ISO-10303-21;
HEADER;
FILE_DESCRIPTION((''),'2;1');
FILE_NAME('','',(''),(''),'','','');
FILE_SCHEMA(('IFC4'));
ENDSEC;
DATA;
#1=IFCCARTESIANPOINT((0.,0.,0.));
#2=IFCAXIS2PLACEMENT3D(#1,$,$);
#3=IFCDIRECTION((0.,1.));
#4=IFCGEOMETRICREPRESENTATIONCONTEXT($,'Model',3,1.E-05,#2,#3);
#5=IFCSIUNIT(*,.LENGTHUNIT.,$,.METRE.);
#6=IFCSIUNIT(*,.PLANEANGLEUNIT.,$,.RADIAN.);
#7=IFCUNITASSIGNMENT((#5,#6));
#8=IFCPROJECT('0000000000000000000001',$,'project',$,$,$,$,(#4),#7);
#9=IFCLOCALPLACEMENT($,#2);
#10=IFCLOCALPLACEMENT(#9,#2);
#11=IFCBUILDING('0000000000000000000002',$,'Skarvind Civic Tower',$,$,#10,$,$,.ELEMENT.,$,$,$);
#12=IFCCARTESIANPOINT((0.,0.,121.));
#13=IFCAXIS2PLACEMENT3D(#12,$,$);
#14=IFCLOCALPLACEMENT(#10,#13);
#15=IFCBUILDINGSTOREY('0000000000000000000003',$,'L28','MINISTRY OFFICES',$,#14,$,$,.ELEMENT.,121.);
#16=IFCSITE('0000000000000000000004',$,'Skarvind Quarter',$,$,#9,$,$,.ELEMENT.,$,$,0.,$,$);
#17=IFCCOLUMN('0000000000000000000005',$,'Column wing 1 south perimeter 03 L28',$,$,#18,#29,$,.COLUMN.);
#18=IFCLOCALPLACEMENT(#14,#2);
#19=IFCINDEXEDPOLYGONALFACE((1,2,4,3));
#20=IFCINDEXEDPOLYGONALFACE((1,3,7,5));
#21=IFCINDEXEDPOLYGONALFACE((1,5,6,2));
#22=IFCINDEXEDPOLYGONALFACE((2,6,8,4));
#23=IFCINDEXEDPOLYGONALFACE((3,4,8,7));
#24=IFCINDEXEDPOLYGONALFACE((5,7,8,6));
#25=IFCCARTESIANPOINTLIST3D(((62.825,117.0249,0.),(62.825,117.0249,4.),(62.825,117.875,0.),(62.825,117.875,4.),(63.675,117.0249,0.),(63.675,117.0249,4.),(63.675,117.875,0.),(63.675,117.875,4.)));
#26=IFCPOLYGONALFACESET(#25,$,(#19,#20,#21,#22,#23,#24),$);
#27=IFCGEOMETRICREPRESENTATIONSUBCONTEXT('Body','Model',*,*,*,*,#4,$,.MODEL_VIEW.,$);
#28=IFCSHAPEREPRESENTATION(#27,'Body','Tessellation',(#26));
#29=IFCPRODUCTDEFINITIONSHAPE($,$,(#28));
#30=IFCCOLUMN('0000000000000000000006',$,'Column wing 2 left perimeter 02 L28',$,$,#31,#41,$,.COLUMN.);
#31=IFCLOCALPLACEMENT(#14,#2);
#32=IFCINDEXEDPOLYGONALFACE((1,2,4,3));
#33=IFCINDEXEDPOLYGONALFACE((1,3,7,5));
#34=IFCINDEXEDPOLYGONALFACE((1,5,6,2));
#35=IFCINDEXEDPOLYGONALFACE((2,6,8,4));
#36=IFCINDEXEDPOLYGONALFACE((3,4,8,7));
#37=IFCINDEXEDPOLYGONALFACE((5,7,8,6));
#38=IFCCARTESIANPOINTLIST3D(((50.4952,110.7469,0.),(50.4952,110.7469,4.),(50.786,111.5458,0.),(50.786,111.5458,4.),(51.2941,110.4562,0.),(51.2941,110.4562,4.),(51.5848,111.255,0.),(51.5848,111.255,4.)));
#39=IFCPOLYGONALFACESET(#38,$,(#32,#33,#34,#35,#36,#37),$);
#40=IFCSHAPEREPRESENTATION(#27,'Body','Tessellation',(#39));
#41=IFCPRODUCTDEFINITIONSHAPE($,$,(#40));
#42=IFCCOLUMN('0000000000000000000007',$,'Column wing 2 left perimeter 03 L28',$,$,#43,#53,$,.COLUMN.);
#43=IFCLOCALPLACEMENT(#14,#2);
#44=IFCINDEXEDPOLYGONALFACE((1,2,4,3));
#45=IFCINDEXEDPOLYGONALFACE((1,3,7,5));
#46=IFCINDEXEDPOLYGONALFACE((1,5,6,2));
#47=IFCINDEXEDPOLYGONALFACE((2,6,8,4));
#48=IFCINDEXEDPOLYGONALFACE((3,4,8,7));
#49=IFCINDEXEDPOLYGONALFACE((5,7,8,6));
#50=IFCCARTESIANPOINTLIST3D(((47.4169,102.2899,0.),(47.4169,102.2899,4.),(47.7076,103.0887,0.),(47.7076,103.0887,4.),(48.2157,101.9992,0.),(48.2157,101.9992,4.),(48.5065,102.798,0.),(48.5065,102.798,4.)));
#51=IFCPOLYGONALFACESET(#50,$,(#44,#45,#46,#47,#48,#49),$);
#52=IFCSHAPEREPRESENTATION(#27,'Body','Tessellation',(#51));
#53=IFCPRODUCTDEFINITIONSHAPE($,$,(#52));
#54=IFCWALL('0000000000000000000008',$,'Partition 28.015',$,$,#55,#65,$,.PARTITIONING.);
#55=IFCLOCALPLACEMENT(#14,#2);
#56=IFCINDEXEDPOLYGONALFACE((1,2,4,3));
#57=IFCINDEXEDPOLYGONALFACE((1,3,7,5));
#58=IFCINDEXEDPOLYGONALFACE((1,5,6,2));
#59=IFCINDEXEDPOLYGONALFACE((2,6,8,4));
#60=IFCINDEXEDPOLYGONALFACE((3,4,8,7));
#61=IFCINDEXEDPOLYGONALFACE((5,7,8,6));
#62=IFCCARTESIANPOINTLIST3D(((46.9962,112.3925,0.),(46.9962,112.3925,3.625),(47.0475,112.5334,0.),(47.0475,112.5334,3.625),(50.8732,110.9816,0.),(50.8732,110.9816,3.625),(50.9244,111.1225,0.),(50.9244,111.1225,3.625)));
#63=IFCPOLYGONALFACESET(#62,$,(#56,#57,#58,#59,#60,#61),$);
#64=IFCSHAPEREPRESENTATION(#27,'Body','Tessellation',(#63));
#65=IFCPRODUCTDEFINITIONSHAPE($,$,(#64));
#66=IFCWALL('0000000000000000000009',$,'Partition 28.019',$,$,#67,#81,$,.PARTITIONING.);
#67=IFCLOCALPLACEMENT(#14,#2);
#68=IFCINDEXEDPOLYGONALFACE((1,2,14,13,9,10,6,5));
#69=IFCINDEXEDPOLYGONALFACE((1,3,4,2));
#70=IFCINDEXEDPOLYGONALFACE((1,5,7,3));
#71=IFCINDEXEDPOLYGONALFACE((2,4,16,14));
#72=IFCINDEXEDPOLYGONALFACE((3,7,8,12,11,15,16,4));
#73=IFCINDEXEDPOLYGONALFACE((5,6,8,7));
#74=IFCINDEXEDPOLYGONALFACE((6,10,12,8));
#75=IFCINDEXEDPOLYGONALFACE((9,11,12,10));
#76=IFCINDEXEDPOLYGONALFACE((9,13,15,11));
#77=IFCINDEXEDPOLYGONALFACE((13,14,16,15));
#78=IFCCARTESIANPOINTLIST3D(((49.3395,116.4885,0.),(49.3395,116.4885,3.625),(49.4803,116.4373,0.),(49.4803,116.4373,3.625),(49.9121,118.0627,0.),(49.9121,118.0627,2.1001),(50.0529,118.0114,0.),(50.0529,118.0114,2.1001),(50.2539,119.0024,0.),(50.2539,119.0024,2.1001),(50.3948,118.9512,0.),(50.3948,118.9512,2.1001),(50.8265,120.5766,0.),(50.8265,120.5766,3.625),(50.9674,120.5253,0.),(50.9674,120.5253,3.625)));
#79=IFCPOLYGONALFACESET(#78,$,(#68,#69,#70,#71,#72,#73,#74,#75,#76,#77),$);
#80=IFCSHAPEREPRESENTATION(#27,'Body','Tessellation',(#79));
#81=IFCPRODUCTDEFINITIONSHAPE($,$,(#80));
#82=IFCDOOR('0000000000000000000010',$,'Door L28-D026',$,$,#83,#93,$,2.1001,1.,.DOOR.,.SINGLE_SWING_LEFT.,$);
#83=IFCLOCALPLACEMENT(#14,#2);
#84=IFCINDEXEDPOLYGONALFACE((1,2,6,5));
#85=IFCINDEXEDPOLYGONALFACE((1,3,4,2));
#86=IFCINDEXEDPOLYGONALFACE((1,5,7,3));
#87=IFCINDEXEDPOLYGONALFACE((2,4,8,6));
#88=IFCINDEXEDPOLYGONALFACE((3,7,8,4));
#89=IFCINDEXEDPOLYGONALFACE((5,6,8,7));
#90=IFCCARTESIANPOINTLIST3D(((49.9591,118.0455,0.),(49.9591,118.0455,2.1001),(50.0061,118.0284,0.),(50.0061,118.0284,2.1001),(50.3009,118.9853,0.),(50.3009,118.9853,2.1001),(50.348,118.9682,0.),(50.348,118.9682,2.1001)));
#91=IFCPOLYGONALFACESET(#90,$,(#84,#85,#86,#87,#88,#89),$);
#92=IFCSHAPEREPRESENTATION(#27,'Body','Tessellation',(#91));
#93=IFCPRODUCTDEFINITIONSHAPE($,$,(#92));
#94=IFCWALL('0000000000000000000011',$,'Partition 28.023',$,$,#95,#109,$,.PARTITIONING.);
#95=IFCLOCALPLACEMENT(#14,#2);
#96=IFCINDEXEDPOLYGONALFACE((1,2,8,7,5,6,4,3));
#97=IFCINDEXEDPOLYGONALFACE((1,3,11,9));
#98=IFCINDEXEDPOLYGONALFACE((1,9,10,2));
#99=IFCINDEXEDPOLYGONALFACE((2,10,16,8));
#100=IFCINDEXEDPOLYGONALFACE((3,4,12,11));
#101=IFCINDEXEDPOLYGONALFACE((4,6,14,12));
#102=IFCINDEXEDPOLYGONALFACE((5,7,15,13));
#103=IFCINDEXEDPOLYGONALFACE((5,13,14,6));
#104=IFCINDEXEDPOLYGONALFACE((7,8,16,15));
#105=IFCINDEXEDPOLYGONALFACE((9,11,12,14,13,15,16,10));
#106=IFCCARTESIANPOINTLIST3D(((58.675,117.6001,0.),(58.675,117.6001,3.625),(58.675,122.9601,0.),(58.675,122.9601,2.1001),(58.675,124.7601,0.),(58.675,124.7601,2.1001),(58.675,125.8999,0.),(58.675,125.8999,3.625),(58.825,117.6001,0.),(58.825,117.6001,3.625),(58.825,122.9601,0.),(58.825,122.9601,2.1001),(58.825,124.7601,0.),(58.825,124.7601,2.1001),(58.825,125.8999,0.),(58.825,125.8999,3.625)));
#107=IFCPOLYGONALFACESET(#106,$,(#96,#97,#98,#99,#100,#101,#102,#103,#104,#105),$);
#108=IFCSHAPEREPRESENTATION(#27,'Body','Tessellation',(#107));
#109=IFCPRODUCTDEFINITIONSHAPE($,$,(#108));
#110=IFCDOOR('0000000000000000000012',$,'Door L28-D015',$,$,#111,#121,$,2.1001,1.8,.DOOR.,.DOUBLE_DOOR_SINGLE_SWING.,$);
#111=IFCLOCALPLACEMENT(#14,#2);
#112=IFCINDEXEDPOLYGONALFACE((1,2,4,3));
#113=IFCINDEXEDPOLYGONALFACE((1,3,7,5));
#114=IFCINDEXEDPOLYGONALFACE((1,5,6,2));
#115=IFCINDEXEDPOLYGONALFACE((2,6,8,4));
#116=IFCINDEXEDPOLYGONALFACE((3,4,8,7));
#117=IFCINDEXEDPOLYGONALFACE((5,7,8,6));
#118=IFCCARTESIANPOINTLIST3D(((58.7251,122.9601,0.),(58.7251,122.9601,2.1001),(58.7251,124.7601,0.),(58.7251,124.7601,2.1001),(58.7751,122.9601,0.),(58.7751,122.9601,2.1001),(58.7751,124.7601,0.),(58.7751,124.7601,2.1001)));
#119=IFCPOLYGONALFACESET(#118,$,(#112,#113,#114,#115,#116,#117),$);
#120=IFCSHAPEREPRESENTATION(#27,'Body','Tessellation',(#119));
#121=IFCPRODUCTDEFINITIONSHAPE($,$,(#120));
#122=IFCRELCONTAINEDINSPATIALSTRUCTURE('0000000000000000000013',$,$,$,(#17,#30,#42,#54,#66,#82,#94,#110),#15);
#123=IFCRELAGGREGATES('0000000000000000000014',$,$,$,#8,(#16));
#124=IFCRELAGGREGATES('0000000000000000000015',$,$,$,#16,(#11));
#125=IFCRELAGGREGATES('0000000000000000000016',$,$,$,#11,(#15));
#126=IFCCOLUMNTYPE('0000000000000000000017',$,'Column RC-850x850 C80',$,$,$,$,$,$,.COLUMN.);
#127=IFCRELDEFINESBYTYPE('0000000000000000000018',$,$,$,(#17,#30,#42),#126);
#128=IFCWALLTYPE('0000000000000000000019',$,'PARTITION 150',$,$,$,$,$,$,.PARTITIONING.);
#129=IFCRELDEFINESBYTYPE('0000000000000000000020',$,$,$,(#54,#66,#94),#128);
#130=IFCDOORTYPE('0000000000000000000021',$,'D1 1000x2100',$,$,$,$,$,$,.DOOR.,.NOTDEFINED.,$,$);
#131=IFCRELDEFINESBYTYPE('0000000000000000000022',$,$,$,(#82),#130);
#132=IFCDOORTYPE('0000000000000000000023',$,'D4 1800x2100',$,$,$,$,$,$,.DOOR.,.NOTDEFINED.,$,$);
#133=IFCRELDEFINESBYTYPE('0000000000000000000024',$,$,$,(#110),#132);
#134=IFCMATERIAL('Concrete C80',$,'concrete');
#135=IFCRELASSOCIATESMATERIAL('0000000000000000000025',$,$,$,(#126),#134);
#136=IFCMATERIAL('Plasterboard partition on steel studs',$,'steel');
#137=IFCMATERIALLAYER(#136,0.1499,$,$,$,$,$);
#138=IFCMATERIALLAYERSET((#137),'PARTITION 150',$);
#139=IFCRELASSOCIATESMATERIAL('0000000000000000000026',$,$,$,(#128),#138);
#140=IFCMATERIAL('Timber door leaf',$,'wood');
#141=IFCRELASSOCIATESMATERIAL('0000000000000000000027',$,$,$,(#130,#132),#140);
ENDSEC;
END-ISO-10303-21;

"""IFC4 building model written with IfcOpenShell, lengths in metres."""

from ifc_helpers import new_model, si_unit, direction, frame, frame_2d, origin, origin_2d, place, context, subcontext, project, spatial, rectangle, extrude, material, layer, layer_set, material_profile, profile_set, type_object, element, fill, save


model = new_model("IFC4")

# Units and contexts
model_context = context("Model", 3, precision=1e-05, world=origin(), true_north=direction((0.0, 1.0)))
body_context = subcontext(model_context, "Body", "Model", "MODEL_VIEW")
ifc_project = project(units=[si_unit("LENGTHUNIT", "METRE"), si_unit("PLANEANGLEUNIT", "RADIAN")], contexts=[model_context])

# Site, building, storey
site_placement = place(None, origin())
site = spatial("IfcSite", under=ifc_project, at=site_placement, Name="Skarvind Quarter", CompositionType="ELEMENT", RefElevation=0.0)
building_placement = place(site_placement, origin())
building = spatial("IfcBuilding", under=site, at=building_placement, Name="Skarvind Civic Tower", CompositionType="ELEMENT")
storey_placement = place(building_placement, frame((0.0, 0.0, 121.0)))
storey = spatial("IfcBuildingStorey", under=building, at=storey_placement, Name="L28", Description="MINISTRY OFFICES", CompositionType="ELEMENT", Elevation=121.0)

# Columns
ifc_material_1 = material(Name="Concrete C80", Category="concrete")
ifc_material_profile_1 = material_profile(ifc_material_1, rectangle(XDim=0.8501, YDim=0.8501, at=origin_2d()), Name="RC-850x850")
ifc_profile_set_1 = profile_set([ifc_material_profile_1], Name="Concrete C80")
column_type = type_object("IfcColumnType", Name="Column RC-850x850 C80", PredefinedType="COLUMN", material=ifc_profile_set_1)
for number, where, z_axis, x_axis, name in (
    (1, (63.25, 117.45, 0.0), (0.0, 0.0, 1.0), (1.0, 0.0, 0.0), "Column wing 1 south perimeter 03 L28"),
    (2, (51.04, 111.001, 0.0), (0.0, 0.0, 1.0), (-0.34202, -0.939693, 0.0), "Column wing 2 left perimeter 02 L28"),
    (3, (47.9617, 102.5439, 0.0), (0.0, 0.0, 1.0), (-0.34202, -0.939693, 0.0), "Column wing 2 left perimeter 03 L28"),
):
    element("IfcColumn", number, at=place(storey_placement, frame(where, z_axis=z_axis, x_axis=x_axis)), inside=storey, type_object=column_type, Name=name, PredefinedType="COLUMN", context=body_context, shape_type="SweptSolid", body=[
        extrude(rectangle(XDim=0.8501, YDim=0.8501, at=origin_2d()), origin(), (0.0, 0.0, 1.0), 4.0),
    ])

# Wall
ifc_material_2 = material(Name="Plasterboard partition on steel studs", Category="steel")
ifc_layer_1 = layer(ifc_material_2, 0.1499)
ifc_layer_set_1 = layer_set([ifc_layer_1], Name="PARTITION 150")
wall_type_1 = type_object("IfcWallType", Name="PARTITION 150", PredefinedType="PARTITIONING", material=ifc_layer_set_1)
wall_1_placement = place(storey_placement, frame((50.8989, 111.052, 0.0), z_axis=(0.0, 0.0, 1.0), x_axis=(-0.939709, 0.341976, 0.0)))
element("IfcWall", 4, at=wall_1_placement, inside=storey, type_object=wall_type_1, Name="Partition 28.015", PredefinedType="PARTITIONING", context=body_context, shape_type="SweptSolid", body=[
    extrude(rectangle(XDim=4.1257, YDim=0.1499, at=frame_2d((2.063, 0.0))), origin(), (0.0, 0.0, 1.0), 3.625),
])

# Wall, opening, door
wall_2_placement = place(storey_placement, frame((49.4099, 116.4629, 0.0), z_axis=(0.0, 0.0, 1.0), x_axis=(0.341838, 0.939759, 0.0)))
wall_2 = element("IfcWall", 5, at=wall_2_placement, inside=storey, type_object=wall_type_1, Name="Partition 28.019", PredefinedType="PARTITIONING", context=body_context, shape_type="SweptSolid", body=[
    extrude(rectangle(XDim=4.3501, YDim=0.1499, at=frame_2d((2.175, 0.0))), origin(), (0.0, 0.0, 1.0), 3.625),
])
opening_1_placement = place(wall_2_placement, frame((1.675, 0.0, 0.0)))
opening_1 = element("IfcOpeningElement", 6, at=opening_1_placement, cuts=wall_2, PredefinedType="OPENING", context=body_context, shape_type="SweptSolid", body=[
    extrude(rectangle(XDim=1.0, YDim=2.1001, at=frame_2d((0.5, 1.05))), frame((0.0, 0.085, 0.0), z_axis=(0.0, -1.0, 0.0), x_axis=(1.0, 0.0, 0.0)), (0.0, 0.0, 1.0), 0.1699),
])
ifc_material_3 = material(Name="Timber door leaf", Category="wood")
door_type_1 = type_object("IfcDoorType", Name="D1 1000x2100", OperationType="NOTDEFINED", PredefinedType="DOOR", material=ifc_material_3)
door_1_placement = place(opening_1_placement, origin())
door_1 = element("IfcDoor", 7, at=door_1_placement, inside=storey, type_object=door_type_1, Name="Door L28-D026", OperationType="SINGLE_SWING_LEFT", OverallHeight=2.1001, OverallWidth=1.0, PredefinedType="DOOR", context=body_context, shape_type="SweptSolid", body=[
    extrude(rectangle(XDim=1.0, YDim=2.1001, at=frame_2d((0.5, 1.05))), frame((0.0, 0.0249, 0.0), z_axis=(0.0, -1.0, 0.0), x_axis=(1.0, 0.0, 0.0)), (0.0, 0.0, 1.0), 0.05),
])
fill(opening_1, door_1)

# Wall, opening, door
wall_3_placement = place(storey_placement, frame((58.75, 117.6001, 0.0), z_axis=(0.0, 0.0, 1.0), x_axis=(0.0, 1.0, 0.0)))
wall_3 = element("IfcWall", 8, at=wall_3_placement, inside=storey, type_object=wall_type_1, Name="Partition 28.023", PredefinedType="PARTITIONING", context=body_context, shape_type="SweptSolid", body=[
    extrude(rectangle(XDim=8.2998, YDim=0.1499, at=frame_2d((4.1499, 0.0))), origin(), (0.0, 0.0, 1.0), 3.625),
])
opening_2_placement = place(wall_3_placement, frame((5.3601, 0.0, 0.0)))
opening_2 = element("IfcOpeningElement", 9, at=opening_2_placement, cuts=wall_3, PredefinedType="OPENING", context=body_context, shape_type="SweptSolid", body=[
    extrude(rectangle(XDim=1.8, YDim=2.1001, at=frame_2d((0.8999, 1.05))), frame((0.0, 0.085, 0.0), z_axis=(0.0, -1.0, 0.0), x_axis=(1.0, 0.0, 0.0)), (0.0, 0.0, 1.0), 0.1699),
])
door_type_2 = type_object("IfcDoorType", Name="D4 1800x2100", OperationType="NOTDEFINED", PredefinedType="DOOR", material=ifc_material_3)
door_2_placement = place(opening_2_placement, origin())
door_2 = element("IfcDoor", 10, at=door_2_placement, inside=storey, type_object=door_type_2, Name="Door L28-D015", OperationType="DOUBLE_DOOR_SINGLE_SWING", OverallHeight=2.1001, OverallWidth=1.8, PredefinedType="DOOR", context=body_context, shape_type="SweptSolid", body=[
    extrude(rectangle(XDim=1.8, YDim=2.1001, at=frame_2d((0.8999, 1.05))), frame((0.0, 0.0249, 0.0), z_axis=(0.0, -1.0, 0.0), x_axis=(1.0, 0.0, 0.0)), (0.0, 0.0, 1.0), 0.05),
])
fill(opening_2, door_2)

save(model, "model.ifc")
